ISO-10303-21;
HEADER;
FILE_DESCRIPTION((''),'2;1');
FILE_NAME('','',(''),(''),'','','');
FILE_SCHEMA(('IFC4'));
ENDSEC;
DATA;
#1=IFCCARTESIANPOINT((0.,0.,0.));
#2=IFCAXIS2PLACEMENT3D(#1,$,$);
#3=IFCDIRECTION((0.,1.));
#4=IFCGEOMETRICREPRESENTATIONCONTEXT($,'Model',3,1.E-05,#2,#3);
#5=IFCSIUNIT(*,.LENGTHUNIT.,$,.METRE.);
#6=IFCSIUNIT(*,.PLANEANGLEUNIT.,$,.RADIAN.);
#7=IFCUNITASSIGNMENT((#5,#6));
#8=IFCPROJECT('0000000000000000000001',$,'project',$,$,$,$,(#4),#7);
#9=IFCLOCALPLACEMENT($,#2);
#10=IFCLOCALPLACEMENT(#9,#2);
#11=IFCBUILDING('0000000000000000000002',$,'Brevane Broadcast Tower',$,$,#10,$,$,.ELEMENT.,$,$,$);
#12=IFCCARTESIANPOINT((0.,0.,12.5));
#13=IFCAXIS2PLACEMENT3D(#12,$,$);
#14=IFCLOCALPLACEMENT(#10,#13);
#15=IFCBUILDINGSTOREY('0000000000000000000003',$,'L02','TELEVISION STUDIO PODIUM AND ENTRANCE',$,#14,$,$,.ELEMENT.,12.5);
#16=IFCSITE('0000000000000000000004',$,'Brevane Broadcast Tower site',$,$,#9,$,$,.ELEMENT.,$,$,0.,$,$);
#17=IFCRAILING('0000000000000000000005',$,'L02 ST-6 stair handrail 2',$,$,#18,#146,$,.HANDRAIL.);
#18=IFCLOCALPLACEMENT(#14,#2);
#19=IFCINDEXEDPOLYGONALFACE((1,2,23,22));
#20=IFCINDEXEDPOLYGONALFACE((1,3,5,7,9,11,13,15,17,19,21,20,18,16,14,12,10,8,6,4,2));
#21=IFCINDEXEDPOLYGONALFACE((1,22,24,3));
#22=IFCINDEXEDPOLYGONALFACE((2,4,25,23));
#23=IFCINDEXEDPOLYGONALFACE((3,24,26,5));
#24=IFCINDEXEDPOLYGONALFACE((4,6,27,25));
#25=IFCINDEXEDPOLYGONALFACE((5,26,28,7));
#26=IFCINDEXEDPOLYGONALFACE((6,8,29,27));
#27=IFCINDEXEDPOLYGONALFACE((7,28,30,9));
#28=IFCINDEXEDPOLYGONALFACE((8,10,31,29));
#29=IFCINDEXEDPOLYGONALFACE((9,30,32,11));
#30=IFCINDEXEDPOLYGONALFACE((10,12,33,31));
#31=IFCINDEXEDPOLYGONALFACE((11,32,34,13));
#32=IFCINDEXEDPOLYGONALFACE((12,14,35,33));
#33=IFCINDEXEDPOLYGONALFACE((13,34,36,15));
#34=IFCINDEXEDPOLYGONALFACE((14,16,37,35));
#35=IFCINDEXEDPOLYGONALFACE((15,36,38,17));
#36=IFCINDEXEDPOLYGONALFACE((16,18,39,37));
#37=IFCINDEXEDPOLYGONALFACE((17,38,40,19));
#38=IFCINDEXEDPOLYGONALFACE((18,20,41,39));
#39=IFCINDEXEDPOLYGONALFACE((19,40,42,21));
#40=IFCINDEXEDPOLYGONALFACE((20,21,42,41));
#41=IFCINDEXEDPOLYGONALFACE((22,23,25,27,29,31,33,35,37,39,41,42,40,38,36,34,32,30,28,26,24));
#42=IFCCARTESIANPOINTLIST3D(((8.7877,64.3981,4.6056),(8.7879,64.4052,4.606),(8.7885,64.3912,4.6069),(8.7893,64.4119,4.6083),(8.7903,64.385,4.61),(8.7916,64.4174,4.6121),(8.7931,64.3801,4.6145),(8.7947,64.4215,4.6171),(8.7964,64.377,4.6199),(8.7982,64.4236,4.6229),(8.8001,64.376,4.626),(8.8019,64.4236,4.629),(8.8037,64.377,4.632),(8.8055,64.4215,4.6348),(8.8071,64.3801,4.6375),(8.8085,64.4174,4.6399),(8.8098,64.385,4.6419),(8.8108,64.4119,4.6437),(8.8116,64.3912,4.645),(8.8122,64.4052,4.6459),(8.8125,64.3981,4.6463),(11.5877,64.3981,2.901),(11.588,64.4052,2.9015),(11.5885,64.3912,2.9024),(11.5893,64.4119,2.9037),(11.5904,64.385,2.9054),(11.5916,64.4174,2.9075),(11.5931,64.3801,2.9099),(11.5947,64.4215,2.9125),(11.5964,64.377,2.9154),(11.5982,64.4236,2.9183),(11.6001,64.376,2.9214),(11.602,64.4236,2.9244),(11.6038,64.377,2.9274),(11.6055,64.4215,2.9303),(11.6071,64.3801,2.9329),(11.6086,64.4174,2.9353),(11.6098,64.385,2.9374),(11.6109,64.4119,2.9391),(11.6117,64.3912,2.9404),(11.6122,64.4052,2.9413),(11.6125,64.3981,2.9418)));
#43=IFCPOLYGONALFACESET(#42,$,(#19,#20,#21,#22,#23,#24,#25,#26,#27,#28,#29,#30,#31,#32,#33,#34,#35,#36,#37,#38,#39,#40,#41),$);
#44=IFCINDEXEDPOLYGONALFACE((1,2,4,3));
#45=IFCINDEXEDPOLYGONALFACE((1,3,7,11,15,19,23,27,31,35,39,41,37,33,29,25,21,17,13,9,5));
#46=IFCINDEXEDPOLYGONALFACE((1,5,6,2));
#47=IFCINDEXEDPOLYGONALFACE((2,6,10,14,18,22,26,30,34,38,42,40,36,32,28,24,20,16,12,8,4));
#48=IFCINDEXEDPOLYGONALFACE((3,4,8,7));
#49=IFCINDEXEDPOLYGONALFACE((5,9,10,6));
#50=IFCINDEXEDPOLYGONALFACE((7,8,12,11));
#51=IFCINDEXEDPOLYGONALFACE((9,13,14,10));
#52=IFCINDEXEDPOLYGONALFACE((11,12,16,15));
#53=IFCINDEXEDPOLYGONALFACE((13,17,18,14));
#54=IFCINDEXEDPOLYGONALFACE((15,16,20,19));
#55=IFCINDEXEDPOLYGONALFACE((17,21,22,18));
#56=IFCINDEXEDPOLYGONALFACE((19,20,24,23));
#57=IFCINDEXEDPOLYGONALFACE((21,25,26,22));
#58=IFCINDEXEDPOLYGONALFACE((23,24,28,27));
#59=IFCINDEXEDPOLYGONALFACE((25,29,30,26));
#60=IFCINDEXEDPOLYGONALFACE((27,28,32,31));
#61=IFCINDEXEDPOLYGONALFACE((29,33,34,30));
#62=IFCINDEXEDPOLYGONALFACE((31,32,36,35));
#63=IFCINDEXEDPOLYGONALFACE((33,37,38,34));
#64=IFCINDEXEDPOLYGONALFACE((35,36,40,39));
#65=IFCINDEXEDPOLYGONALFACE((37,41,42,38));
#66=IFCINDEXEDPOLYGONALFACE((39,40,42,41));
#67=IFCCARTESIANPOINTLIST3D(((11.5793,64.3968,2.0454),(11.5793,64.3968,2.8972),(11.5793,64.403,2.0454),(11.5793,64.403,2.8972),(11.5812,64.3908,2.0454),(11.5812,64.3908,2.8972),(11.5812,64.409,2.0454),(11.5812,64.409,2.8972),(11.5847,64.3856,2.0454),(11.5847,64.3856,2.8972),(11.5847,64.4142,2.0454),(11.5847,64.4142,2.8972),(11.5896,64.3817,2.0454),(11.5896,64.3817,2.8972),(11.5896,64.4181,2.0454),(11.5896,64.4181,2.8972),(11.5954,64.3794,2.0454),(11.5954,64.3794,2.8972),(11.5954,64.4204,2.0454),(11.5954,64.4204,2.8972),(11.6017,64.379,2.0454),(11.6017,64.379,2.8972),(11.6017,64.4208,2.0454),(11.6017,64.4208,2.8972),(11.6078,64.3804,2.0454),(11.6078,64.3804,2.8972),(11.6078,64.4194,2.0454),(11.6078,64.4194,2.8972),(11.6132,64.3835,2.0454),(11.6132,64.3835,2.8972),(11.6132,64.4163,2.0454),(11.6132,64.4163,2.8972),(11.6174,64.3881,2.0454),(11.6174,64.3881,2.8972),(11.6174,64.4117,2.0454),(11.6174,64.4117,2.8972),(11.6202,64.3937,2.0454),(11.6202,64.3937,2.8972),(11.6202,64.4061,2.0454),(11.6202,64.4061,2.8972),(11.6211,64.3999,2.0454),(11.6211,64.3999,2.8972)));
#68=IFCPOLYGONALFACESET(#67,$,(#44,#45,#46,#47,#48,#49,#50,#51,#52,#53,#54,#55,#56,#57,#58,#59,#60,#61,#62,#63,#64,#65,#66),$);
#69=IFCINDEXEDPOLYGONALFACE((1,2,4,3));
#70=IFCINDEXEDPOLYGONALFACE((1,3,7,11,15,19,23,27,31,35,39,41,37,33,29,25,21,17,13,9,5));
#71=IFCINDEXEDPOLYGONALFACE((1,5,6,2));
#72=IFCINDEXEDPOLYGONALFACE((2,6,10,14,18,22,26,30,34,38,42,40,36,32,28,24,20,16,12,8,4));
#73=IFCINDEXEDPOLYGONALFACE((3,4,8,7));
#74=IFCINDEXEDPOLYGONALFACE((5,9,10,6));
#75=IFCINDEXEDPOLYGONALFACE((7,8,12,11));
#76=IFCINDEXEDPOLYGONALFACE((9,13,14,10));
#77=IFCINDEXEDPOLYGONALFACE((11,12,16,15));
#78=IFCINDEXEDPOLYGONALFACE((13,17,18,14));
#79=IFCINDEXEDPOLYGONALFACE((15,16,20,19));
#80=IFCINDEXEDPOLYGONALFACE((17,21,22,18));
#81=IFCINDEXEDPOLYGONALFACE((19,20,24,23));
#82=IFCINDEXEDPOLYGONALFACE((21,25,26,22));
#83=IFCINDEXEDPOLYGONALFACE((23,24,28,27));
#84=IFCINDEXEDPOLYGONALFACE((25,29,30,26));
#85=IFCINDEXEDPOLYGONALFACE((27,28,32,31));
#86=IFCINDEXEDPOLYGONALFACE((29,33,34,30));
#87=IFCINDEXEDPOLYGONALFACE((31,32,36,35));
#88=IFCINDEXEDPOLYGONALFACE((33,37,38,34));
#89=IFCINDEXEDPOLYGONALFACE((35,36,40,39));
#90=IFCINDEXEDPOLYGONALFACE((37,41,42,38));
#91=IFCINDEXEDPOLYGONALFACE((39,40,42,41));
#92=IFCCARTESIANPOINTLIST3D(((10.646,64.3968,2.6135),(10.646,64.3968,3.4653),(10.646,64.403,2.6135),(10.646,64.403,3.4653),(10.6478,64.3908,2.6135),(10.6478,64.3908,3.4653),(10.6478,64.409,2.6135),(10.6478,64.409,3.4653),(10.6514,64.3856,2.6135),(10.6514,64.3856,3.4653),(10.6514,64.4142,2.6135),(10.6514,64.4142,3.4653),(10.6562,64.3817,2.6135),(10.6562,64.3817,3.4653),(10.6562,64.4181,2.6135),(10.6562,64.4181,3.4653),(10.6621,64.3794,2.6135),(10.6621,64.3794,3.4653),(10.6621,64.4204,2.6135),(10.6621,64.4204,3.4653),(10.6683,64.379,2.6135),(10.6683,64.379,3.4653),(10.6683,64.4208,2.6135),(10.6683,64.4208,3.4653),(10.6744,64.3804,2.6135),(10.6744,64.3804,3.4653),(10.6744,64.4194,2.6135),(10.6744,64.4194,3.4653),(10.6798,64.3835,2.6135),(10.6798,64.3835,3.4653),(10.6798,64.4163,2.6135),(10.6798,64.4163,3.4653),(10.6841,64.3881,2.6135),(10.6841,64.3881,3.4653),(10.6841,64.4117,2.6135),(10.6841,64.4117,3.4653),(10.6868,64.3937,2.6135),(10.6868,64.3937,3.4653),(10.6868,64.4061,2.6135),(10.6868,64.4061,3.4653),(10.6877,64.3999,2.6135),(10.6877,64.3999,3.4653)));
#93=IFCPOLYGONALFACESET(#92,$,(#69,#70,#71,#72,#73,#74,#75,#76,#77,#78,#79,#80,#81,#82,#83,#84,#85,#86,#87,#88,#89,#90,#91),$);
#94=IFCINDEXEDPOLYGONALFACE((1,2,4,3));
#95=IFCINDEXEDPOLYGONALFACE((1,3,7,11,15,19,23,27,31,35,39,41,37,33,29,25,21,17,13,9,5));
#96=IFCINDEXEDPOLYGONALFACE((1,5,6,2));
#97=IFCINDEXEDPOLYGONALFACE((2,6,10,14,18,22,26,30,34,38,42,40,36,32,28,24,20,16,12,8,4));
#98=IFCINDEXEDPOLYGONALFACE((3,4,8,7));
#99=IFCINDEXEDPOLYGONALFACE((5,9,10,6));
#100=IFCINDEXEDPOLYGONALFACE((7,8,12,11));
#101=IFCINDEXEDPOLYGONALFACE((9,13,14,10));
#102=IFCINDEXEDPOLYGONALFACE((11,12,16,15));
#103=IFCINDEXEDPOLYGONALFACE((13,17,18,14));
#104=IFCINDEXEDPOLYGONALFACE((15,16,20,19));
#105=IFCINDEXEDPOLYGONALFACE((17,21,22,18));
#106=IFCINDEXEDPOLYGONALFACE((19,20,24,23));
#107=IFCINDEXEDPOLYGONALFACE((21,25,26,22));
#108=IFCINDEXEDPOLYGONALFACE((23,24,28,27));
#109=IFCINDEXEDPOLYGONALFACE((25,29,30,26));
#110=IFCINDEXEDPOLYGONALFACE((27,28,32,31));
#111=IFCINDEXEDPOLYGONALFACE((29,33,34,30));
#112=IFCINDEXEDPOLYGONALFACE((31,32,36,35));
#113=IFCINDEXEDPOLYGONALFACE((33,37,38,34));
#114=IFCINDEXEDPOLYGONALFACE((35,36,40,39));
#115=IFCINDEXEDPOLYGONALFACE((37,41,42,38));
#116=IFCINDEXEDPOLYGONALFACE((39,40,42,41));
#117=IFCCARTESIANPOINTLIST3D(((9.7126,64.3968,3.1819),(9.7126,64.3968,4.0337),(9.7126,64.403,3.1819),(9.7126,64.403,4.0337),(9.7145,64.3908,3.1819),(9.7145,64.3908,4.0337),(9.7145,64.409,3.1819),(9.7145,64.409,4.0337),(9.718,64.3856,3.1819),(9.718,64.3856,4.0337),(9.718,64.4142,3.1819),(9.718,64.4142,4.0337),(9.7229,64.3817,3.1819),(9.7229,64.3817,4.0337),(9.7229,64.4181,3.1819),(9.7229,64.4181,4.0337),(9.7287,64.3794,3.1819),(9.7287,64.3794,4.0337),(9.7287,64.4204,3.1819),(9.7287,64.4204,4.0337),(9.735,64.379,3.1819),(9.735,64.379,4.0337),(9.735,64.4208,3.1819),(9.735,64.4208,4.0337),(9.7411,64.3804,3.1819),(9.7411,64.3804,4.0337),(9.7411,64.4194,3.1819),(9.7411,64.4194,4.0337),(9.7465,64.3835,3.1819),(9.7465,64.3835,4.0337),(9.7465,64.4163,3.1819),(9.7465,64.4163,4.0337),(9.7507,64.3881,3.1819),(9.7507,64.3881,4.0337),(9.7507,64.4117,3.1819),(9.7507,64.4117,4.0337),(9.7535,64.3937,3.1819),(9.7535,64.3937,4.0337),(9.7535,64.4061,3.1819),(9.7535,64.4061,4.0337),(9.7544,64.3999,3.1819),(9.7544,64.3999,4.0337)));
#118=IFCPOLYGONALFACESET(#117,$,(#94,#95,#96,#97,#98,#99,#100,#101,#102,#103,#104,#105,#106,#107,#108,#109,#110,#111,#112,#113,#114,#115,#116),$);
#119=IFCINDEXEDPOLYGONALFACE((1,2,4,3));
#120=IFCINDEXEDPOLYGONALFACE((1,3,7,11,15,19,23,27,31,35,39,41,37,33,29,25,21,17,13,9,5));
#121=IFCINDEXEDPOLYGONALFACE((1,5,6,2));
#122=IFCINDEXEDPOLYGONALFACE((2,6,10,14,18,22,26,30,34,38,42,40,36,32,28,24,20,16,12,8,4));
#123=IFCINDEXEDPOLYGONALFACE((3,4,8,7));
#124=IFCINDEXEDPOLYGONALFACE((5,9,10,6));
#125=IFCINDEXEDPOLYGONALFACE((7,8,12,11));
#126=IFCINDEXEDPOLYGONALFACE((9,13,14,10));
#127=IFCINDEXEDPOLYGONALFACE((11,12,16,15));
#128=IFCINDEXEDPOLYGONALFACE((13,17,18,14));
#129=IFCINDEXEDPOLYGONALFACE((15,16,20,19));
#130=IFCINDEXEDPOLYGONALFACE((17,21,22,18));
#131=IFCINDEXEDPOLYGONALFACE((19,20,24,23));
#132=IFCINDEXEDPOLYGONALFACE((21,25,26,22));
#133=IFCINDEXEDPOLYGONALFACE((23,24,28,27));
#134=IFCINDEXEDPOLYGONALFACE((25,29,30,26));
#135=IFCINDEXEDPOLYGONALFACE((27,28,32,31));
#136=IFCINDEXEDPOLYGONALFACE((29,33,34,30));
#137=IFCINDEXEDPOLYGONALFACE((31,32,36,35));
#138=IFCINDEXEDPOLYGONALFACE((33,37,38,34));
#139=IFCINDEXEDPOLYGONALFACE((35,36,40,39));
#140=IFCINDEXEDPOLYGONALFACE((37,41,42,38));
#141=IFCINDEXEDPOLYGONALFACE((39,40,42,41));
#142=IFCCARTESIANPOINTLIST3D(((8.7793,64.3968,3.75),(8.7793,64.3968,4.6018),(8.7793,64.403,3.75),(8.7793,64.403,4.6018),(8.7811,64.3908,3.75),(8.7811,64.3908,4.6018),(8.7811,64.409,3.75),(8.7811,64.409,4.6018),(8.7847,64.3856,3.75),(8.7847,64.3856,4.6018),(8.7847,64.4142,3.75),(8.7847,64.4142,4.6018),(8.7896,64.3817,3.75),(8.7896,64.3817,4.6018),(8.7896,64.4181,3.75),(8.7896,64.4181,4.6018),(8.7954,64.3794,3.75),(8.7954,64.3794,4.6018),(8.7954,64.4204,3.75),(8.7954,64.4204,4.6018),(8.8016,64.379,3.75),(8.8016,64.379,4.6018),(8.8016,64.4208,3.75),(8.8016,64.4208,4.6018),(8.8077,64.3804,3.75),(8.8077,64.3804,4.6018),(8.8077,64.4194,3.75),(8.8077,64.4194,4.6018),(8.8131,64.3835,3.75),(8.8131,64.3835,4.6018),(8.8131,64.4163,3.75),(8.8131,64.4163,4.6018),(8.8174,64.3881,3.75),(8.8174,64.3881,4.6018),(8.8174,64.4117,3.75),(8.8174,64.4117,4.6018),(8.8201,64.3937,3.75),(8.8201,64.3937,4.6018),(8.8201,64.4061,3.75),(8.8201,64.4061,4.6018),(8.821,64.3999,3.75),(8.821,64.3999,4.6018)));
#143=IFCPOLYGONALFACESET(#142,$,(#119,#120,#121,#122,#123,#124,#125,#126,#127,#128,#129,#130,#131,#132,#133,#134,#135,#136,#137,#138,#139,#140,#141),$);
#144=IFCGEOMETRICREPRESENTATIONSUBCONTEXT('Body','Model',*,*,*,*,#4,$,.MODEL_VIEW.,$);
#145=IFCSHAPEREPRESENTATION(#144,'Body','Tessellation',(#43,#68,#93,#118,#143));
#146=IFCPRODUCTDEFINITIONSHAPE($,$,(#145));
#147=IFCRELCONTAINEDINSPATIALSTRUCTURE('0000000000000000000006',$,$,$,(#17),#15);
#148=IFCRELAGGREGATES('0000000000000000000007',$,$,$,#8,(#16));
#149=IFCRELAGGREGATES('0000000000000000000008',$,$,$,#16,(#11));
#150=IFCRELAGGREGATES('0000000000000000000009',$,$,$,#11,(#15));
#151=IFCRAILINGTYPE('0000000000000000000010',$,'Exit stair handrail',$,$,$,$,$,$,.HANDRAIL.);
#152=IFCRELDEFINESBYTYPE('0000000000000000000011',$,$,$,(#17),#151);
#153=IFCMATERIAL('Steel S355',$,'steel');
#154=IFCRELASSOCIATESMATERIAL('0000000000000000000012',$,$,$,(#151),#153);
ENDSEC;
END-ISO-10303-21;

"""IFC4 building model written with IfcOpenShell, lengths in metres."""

from ifc_helpers import new_model, si_unit, direction, frame, origin, origin_2d, place, context, subcontext, project, spatial, circle, extrude, material, type_object, element, save


model = new_model("IFC4")

# Units and contexts
model_context = context("Model", 3, precision=1e-05, world=origin(), true_north=direction((0.0, 1.0)))
body_context = subcontext(model_context, "Body", "Model", "MODEL_VIEW")
ifc_project = project(units=[si_unit("LENGTHUNIT", "METRE"), si_unit("PLANEANGLEUNIT", "RADIAN")], contexts=[model_context])

# Site, building, storey
site_placement = place(None, origin())
site = spatial("IfcSite", under=ifc_project, at=site_placement, Name="Brevane Broadcast Tower site", CompositionType="ELEMENT", RefElevation=0.0)
building_placement = place(site_placement, origin())
building = spatial("IfcBuilding", under=site, at=building_placement, Name="Brevane Broadcast Tower", CompositionType="ELEMENT")
storey_placement = place(building_placement, frame((0.0, 0.0, 12.5)))
storey = spatial("IfcBuildingStorey", under=building, at=storey_placement, Name="L02", Description="TELEVISION STUDIO PODIUM AND ENTRANCE", CompositionType="ELEMENT", Elevation=12.5)

# Railing
ifc_material_1 = material(Name="Steel S355", Category="steel")
railing_type_1 = type_object("IfcRailingType", Name="Exit stair handrail", PredefinedType="HANDRAIL", material=ifc_material_1)
for number, where, name in (
    (1, (11.6001, 64.3999, 2.0454), "L02 ST-6 stair handrail 2"),
):
    element("IfcRailing", number, at=place(storey_placement, frame(where)), inside=storey, type_object=railing_type_1, Name=name, PredefinedType="HANDRAIL", context=body_context, shape_type="SweptSolid", body=[
        extrude(circle(Radius=0.0239, at=origin_2d()), frame((0.0, 0.0, 0.876), z_axis=(-0.85417, 0.0, 0.519994), x_axis=(0.0, -1.0, 0.0)), (0.0, 0.0, 1.0), 3.2781),
        extrude(circle(Radius=0.021, at=origin_2d()), origin(), (0.0, 0.0, 1.0), 0.8518),
        extrude(circle(Radius=0.021, at=origin_2d()), frame((-0.9333, 0.0, 0.5681)), (0.0, 0.0, 1.0), 0.8518),
        extrude(circle(Radius=0.021, at=origin_2d()), frame((-1.8667, 0.0, 1.1365)), (0.0, 0.0, 1.0), 0.8518),
        extrude(circle(Radius=0.021, at=origin_2d()), frame((-2.8, 0.0, 1.7046)), (0.0, 0.0, 1.0), 0.8518),
    ])

save(model, "model.ifc")
